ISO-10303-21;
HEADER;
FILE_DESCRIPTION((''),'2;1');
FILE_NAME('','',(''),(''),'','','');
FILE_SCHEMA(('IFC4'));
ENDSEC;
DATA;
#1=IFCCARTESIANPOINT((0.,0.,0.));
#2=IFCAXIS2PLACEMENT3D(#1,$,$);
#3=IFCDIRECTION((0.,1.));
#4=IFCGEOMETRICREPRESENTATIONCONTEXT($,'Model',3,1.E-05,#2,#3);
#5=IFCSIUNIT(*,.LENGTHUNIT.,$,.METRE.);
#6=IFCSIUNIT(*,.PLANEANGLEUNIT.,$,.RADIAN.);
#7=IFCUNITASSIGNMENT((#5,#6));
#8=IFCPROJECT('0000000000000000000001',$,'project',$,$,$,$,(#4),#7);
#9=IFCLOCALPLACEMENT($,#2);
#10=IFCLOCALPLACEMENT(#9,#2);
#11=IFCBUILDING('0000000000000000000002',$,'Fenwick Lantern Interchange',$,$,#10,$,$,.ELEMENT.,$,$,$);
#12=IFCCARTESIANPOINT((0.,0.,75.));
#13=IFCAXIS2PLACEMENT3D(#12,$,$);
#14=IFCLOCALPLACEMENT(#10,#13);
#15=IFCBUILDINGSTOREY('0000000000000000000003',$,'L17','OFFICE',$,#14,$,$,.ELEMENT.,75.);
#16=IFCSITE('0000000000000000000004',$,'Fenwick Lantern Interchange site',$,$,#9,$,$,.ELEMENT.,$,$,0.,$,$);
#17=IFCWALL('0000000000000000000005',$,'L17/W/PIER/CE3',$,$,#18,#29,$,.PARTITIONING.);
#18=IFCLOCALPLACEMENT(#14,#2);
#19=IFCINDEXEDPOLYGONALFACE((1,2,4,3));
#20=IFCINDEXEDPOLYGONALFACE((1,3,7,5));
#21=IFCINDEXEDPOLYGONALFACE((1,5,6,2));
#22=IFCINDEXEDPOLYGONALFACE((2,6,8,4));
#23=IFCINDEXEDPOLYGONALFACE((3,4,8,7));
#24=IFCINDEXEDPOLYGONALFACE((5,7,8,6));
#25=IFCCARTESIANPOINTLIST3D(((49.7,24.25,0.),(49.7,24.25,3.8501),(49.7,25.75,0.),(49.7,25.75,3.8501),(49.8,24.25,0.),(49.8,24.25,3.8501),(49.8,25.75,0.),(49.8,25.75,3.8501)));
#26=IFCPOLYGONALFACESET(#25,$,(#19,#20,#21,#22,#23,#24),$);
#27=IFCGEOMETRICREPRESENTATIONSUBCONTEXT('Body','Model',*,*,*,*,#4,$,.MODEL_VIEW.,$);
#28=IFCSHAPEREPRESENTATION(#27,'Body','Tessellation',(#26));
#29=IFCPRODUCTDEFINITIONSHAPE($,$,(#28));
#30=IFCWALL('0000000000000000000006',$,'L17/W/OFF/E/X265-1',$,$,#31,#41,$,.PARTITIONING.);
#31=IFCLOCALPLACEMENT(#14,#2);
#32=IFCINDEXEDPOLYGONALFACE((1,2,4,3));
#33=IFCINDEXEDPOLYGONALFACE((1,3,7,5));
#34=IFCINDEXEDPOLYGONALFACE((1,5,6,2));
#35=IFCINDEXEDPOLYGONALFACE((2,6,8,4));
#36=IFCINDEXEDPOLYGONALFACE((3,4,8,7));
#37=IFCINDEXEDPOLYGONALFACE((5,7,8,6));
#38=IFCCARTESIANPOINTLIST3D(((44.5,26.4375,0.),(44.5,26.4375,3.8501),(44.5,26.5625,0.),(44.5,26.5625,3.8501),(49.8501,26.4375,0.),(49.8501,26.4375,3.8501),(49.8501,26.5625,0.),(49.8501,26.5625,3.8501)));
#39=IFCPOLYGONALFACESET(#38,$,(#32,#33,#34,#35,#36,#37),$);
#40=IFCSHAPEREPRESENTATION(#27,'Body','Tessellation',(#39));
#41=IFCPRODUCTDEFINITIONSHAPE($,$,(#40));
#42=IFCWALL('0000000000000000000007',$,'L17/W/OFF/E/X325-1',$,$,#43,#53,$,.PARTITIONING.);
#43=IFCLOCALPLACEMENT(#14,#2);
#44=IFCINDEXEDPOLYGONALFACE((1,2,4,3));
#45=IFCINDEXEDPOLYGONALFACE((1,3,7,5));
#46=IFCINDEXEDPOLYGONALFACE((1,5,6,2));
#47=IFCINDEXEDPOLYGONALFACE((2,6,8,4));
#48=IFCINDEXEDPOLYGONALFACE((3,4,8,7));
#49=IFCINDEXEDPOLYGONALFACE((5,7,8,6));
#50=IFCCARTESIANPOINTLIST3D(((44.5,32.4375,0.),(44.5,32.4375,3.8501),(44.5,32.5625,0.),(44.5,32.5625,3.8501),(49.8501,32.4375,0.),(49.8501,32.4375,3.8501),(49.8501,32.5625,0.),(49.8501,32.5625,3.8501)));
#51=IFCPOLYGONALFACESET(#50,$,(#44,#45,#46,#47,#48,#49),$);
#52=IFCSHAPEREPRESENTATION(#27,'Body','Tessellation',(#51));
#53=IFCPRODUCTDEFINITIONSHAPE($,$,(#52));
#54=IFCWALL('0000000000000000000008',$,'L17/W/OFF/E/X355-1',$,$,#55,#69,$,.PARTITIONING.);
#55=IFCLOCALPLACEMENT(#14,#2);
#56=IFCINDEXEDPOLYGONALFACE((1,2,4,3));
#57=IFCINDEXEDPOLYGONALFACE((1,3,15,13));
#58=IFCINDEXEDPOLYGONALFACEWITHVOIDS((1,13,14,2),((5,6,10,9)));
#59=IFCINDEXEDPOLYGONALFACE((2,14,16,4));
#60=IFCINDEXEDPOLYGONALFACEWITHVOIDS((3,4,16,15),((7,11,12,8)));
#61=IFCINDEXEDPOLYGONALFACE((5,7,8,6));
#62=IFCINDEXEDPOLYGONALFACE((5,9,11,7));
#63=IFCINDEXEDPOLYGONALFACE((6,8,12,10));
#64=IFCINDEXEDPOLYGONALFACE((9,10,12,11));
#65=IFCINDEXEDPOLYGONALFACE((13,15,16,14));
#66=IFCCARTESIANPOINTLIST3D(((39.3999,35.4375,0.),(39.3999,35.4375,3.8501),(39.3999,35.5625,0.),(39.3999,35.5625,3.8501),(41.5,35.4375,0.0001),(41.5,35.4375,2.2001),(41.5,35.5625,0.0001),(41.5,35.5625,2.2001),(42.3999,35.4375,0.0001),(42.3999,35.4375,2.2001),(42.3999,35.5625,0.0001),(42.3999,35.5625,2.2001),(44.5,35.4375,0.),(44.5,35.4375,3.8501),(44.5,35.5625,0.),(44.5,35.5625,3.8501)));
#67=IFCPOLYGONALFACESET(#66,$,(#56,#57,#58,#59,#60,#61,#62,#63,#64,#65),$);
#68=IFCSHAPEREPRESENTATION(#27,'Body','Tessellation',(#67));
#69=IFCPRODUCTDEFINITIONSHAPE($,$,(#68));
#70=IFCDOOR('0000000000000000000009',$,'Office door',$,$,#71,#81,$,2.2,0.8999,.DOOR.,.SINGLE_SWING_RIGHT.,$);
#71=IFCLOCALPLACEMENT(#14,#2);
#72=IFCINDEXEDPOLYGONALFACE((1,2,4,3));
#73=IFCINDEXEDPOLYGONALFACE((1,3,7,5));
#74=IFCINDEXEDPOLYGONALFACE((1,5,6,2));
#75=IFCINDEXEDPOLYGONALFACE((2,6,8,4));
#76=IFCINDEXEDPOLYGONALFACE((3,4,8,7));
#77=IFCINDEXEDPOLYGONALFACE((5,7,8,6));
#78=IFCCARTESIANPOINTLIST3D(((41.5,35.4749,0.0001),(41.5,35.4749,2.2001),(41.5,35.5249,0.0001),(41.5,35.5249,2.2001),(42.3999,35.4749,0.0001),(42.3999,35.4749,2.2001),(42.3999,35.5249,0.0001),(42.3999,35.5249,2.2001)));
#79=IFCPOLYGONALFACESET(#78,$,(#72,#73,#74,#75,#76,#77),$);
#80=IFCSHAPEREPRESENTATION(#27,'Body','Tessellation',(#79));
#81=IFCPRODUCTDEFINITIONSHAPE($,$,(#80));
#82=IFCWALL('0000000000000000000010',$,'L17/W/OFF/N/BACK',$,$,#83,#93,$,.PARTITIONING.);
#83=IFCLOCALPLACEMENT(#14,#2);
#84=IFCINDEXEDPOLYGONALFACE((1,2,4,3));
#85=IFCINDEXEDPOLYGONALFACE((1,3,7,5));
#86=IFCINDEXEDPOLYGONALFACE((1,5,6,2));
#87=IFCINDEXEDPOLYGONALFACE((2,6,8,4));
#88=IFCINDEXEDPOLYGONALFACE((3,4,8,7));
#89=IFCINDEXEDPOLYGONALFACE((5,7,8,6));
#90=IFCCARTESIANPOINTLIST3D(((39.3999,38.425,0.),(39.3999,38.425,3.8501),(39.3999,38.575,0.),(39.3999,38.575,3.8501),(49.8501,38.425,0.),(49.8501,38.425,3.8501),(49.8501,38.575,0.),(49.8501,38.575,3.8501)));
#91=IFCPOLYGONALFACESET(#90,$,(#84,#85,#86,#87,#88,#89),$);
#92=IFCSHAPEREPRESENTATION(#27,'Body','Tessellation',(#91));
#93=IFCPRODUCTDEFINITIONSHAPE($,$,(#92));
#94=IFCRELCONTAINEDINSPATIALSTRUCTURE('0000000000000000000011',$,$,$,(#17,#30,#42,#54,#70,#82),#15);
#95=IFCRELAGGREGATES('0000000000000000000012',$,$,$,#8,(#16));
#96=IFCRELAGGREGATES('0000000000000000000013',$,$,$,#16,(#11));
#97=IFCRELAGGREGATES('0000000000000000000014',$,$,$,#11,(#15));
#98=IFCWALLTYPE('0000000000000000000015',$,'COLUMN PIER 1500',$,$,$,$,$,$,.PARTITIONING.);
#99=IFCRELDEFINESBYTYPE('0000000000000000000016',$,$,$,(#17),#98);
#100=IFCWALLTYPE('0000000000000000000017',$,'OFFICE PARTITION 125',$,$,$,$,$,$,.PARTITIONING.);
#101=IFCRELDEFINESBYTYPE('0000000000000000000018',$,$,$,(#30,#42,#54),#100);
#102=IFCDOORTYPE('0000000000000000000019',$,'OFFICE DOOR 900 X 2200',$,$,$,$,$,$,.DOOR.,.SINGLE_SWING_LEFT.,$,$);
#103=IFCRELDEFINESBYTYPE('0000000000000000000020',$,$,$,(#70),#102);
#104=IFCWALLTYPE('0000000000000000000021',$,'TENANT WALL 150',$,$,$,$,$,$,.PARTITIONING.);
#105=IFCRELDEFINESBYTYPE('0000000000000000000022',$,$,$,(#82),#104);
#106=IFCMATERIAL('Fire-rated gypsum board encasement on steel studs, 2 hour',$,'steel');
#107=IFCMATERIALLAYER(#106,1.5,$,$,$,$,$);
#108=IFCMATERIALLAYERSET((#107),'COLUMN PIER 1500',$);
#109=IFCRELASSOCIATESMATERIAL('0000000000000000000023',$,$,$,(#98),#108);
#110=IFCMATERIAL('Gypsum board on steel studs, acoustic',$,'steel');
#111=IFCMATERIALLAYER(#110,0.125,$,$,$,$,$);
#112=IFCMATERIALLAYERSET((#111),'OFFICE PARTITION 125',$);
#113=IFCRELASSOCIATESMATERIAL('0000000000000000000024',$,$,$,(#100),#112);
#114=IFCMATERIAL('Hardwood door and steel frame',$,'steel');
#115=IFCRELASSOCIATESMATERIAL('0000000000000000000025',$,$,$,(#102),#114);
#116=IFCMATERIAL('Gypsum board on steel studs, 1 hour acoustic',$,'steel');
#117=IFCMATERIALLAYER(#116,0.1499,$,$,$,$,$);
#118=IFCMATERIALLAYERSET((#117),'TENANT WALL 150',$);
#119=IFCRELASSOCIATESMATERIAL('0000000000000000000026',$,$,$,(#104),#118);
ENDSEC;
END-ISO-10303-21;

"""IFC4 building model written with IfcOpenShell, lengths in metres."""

from ifc_helpers import new_model, si_unit, direction, frame, frame_2d, origin, place, context, subcontext, project, spatial, rectangle, extrude, material, layer, layer_set, type_object, element, fill, save


model = new_model("IFC4")

# Units and contexts
model_context = context("Model", 3, precision=1e-05, world=origin(), true_north=direction((0.0, 1.0)))
body_context = subcontext(model_context, "Body", "Model", "MODEL_VIEW")
ifc_project = project(units=[si_unit("LENGTHUNIT", "METRE"), si_unit("PLANEANGLEUNIT", "RADIAN")], contexts=[model_context])

# Site, building, storey
site_placement = place(None, origin())
site = spatial("IfcSite", under=ifc_project, at=site_placement, Name="Fenwick Lantern Interchange site", CompositionType="ELEMENT", RefElevation=0.0)
building_placement = place(site_placement, origin())
building = spatial("IfcBuilding", under=site, at=building_placement, Name="Fenwick Lantern Interchange", CompositionType="ELEMENT")
storey_placement = place(building_placement, frame((0.0, 0.0, 75.0)))
storey = spatial("IfcBuildingStorey", under=building, at=storey_placement, Name="L17", Description="OFFICE", CompositionType="ELEMENT", Elevation=75.0)

# Walls
ifc_material_1 = material(Name="Fire-rated gypsum board encasement on steel studs, 2 hour", Category="steel")
ifc_layer_1 = layer(ifc_material_1, 1.5)
ifc_layer_set_1 = layer_set([ifc_layer_1], Name="COLUMN PIER 1500")
wall_type_1 = type_object("IfcWallType", Name="COLUMN PIER 1500", PredefinedType="PARTITIONING", material=ifc_layer_set_1)
wall_1_placement = place(storey_placement, frame((49.8, 25.0, 0.0), z_axis=(0.0, 0.0, 1.0), x_axis=(-1.0, 0.0, 0.0)))
element("IfcWall", 1, at=wall_1_placement, inside=storey, type_object=wall_type_1, Name="L17/W/PIER/CE3", PredefinedType="PARTITIONING", context=body_context, shape_type="SweptSolid", body=[
    extrude(rectangle(XDim=0.1001, YDim=1.5, at=frame_2d((0.05, 0.0))), origin(), (0.0, 0.0, 1.0), 3.8501),
])
ifc_material_2 = material(Name="Gypsum board on steel studs, acoustic", Category="steel")
ifc_layer_2 = layer(ifc_material_2, 0.125)
ifc_layer_set_2 = layer_set([ifc_layer_2], Name="OFFICE PARTITION 125")
wall_type_2 = type_object("IfcWallType", Name="OFFICE PARTITION 125", PredefinedType="PARTITIONING", material=ifc_layer_set_2)
for number, where, z_axis, x_axis, name in (
    (2, (49.8501, 26.5, 0.0), (0.0, 0.0, 1.0), (-1.0, 0.0, 0.0), "L17/W/OFF/E/X265-1"),
    (3, (49.8501, 32.5, 0.0), (0.0, 0.0, 1.0), (-1.0, 0.0, 0.0), "L17/W/OFF/E/X325-1"),
):
    element("IfcWall", number, at=place(storey_placement, frame(where, z_axis=z_axis, x_axis=x_axis)), inside=storey, type_object=wall_type_2, Name=name, PredefinedType="PARTITIONING", context=body_context, shape_type="SweptSolid", body=[
        extrude(rectangle(XDim=5.3501, YDim=0.125, at=frame_2d((2.675, 0.0))), origin(), (0.0, 0.0, 1.0), 3.8501),
    ])

# Wall, opening, door
wall_2_placement = place(storey_placement, frame((44.5, 35.5, 0.0), z_axis=(0.0, 0.0, 1.0), x_axis=(-1.0, 0.0, 0.0)))
wall_2 = element("IfcWall", 4, at=wall_2_placement, inside=storey, type_object=wall_type_2, Name="L17/W/OFF/E/X355-1", PredefinedType="PARTITIONING", context=body_context, shape_type="SweptSolid", body=[
    extrude(rectangle(XDim=5.1001, YDim=0.125, at=frame_2d((2.55, 0.0))), origin(), (0.0, 0.0, 1.0), 3.8501),
])
opening_placement = place(wall_2_placement, frame((2.1001, 0.0, 0.0)))
opening = element("IfcOpeningElement", 5, at=opening_placement, cuts=wall_2, PredefinedType="OPENING", context=body_context, shape_type="SweptSolid", body=[
    extrude(rectangle(XDim=0.8999, YDim=2.2, at=frame_2d((0.45, 1.1001))), frame((0.0, 0.0725, 0.0), z_axis=(0.0, -1.0, 0.0), x_axis=(1.0, 0.0, 0.0)), (0.0, 0.0, 1.0), 0.145),
])
ifc_material_3 = material(Name="Hardwood door and steel frame", Category="steel")
door_type = type_object("IfcDoorType", Name="OFFICE DOOR 900 X 2200", OperationType="SINGLE_SWING_LEFT", PredefinedType="DOOR", material=ifc_material_3)
door_placement = place(opening_placement, frame((0.8999, 0.0, 0.0), z_axis=(0.0, 0.0, 1.0), x_axis=(-1.0, 0.0, 0.0)))
door = element("IfcDoor", 6, at=door_placement, inside=storey, type_object=door_type, Name="Office door", OperationType="SINGLE_SWING_RIGHT", OverallHeight=2.2, OverallWidth=0.8999, PredefinedType="DOOR", context=body_context, shape_type="SweptSolid", body=[
    extrude(rectangle(XDim=0.8999, YDim=2.2, at=frame_2d((0.45, 1.1001))), frame((0.0, 0.0249, 0.0), z_axis=(0.0, -1.0, 0.0), x_axis=(1.0, 0.0, 0.0)), (0.0, 0.0, 1.0), 0.05),
])
fill(opening, door)

# Wall
ifc_material_4 = material(Name="Gypsum board on steel studs, 1 hour acoustic", Category="steel")
ifc_layer_3 = layer(ifc_material_4, 0.1499)
ifc_layer_set_3 = layer_set([ifc_layer_3], Name="TENANT WALL 150")
wall_type_3 = type_object("IfcWallType", Name="TENANT WALL 150", PredefinedType="PARTITIONING", material=ifc_layer_set_3)
wall_3_placement = place(storey_placement, frame((49.8501, 38.5, 0.0), z_axis=(0.0, 0.0, 1.0), x_axis=(-1.0, 0.0, 0.0)))
element("IfcWall", 7, at=wall_3_placement, inside=storey, type_object=wall_type_3, Name="L17/W/OFF/N/BACK", PredefinedType="PARTITIONING", context=body_context, shape_type="SweptSolid", body=[
    extrude(rectangle(XDim=10.4502, YDim=0.1499, at=frame_2d((5.2251, 0.0))), origin(), (0.0, 0.0, 1.0), 3.8501),
])

save(model, "model.ifc")
